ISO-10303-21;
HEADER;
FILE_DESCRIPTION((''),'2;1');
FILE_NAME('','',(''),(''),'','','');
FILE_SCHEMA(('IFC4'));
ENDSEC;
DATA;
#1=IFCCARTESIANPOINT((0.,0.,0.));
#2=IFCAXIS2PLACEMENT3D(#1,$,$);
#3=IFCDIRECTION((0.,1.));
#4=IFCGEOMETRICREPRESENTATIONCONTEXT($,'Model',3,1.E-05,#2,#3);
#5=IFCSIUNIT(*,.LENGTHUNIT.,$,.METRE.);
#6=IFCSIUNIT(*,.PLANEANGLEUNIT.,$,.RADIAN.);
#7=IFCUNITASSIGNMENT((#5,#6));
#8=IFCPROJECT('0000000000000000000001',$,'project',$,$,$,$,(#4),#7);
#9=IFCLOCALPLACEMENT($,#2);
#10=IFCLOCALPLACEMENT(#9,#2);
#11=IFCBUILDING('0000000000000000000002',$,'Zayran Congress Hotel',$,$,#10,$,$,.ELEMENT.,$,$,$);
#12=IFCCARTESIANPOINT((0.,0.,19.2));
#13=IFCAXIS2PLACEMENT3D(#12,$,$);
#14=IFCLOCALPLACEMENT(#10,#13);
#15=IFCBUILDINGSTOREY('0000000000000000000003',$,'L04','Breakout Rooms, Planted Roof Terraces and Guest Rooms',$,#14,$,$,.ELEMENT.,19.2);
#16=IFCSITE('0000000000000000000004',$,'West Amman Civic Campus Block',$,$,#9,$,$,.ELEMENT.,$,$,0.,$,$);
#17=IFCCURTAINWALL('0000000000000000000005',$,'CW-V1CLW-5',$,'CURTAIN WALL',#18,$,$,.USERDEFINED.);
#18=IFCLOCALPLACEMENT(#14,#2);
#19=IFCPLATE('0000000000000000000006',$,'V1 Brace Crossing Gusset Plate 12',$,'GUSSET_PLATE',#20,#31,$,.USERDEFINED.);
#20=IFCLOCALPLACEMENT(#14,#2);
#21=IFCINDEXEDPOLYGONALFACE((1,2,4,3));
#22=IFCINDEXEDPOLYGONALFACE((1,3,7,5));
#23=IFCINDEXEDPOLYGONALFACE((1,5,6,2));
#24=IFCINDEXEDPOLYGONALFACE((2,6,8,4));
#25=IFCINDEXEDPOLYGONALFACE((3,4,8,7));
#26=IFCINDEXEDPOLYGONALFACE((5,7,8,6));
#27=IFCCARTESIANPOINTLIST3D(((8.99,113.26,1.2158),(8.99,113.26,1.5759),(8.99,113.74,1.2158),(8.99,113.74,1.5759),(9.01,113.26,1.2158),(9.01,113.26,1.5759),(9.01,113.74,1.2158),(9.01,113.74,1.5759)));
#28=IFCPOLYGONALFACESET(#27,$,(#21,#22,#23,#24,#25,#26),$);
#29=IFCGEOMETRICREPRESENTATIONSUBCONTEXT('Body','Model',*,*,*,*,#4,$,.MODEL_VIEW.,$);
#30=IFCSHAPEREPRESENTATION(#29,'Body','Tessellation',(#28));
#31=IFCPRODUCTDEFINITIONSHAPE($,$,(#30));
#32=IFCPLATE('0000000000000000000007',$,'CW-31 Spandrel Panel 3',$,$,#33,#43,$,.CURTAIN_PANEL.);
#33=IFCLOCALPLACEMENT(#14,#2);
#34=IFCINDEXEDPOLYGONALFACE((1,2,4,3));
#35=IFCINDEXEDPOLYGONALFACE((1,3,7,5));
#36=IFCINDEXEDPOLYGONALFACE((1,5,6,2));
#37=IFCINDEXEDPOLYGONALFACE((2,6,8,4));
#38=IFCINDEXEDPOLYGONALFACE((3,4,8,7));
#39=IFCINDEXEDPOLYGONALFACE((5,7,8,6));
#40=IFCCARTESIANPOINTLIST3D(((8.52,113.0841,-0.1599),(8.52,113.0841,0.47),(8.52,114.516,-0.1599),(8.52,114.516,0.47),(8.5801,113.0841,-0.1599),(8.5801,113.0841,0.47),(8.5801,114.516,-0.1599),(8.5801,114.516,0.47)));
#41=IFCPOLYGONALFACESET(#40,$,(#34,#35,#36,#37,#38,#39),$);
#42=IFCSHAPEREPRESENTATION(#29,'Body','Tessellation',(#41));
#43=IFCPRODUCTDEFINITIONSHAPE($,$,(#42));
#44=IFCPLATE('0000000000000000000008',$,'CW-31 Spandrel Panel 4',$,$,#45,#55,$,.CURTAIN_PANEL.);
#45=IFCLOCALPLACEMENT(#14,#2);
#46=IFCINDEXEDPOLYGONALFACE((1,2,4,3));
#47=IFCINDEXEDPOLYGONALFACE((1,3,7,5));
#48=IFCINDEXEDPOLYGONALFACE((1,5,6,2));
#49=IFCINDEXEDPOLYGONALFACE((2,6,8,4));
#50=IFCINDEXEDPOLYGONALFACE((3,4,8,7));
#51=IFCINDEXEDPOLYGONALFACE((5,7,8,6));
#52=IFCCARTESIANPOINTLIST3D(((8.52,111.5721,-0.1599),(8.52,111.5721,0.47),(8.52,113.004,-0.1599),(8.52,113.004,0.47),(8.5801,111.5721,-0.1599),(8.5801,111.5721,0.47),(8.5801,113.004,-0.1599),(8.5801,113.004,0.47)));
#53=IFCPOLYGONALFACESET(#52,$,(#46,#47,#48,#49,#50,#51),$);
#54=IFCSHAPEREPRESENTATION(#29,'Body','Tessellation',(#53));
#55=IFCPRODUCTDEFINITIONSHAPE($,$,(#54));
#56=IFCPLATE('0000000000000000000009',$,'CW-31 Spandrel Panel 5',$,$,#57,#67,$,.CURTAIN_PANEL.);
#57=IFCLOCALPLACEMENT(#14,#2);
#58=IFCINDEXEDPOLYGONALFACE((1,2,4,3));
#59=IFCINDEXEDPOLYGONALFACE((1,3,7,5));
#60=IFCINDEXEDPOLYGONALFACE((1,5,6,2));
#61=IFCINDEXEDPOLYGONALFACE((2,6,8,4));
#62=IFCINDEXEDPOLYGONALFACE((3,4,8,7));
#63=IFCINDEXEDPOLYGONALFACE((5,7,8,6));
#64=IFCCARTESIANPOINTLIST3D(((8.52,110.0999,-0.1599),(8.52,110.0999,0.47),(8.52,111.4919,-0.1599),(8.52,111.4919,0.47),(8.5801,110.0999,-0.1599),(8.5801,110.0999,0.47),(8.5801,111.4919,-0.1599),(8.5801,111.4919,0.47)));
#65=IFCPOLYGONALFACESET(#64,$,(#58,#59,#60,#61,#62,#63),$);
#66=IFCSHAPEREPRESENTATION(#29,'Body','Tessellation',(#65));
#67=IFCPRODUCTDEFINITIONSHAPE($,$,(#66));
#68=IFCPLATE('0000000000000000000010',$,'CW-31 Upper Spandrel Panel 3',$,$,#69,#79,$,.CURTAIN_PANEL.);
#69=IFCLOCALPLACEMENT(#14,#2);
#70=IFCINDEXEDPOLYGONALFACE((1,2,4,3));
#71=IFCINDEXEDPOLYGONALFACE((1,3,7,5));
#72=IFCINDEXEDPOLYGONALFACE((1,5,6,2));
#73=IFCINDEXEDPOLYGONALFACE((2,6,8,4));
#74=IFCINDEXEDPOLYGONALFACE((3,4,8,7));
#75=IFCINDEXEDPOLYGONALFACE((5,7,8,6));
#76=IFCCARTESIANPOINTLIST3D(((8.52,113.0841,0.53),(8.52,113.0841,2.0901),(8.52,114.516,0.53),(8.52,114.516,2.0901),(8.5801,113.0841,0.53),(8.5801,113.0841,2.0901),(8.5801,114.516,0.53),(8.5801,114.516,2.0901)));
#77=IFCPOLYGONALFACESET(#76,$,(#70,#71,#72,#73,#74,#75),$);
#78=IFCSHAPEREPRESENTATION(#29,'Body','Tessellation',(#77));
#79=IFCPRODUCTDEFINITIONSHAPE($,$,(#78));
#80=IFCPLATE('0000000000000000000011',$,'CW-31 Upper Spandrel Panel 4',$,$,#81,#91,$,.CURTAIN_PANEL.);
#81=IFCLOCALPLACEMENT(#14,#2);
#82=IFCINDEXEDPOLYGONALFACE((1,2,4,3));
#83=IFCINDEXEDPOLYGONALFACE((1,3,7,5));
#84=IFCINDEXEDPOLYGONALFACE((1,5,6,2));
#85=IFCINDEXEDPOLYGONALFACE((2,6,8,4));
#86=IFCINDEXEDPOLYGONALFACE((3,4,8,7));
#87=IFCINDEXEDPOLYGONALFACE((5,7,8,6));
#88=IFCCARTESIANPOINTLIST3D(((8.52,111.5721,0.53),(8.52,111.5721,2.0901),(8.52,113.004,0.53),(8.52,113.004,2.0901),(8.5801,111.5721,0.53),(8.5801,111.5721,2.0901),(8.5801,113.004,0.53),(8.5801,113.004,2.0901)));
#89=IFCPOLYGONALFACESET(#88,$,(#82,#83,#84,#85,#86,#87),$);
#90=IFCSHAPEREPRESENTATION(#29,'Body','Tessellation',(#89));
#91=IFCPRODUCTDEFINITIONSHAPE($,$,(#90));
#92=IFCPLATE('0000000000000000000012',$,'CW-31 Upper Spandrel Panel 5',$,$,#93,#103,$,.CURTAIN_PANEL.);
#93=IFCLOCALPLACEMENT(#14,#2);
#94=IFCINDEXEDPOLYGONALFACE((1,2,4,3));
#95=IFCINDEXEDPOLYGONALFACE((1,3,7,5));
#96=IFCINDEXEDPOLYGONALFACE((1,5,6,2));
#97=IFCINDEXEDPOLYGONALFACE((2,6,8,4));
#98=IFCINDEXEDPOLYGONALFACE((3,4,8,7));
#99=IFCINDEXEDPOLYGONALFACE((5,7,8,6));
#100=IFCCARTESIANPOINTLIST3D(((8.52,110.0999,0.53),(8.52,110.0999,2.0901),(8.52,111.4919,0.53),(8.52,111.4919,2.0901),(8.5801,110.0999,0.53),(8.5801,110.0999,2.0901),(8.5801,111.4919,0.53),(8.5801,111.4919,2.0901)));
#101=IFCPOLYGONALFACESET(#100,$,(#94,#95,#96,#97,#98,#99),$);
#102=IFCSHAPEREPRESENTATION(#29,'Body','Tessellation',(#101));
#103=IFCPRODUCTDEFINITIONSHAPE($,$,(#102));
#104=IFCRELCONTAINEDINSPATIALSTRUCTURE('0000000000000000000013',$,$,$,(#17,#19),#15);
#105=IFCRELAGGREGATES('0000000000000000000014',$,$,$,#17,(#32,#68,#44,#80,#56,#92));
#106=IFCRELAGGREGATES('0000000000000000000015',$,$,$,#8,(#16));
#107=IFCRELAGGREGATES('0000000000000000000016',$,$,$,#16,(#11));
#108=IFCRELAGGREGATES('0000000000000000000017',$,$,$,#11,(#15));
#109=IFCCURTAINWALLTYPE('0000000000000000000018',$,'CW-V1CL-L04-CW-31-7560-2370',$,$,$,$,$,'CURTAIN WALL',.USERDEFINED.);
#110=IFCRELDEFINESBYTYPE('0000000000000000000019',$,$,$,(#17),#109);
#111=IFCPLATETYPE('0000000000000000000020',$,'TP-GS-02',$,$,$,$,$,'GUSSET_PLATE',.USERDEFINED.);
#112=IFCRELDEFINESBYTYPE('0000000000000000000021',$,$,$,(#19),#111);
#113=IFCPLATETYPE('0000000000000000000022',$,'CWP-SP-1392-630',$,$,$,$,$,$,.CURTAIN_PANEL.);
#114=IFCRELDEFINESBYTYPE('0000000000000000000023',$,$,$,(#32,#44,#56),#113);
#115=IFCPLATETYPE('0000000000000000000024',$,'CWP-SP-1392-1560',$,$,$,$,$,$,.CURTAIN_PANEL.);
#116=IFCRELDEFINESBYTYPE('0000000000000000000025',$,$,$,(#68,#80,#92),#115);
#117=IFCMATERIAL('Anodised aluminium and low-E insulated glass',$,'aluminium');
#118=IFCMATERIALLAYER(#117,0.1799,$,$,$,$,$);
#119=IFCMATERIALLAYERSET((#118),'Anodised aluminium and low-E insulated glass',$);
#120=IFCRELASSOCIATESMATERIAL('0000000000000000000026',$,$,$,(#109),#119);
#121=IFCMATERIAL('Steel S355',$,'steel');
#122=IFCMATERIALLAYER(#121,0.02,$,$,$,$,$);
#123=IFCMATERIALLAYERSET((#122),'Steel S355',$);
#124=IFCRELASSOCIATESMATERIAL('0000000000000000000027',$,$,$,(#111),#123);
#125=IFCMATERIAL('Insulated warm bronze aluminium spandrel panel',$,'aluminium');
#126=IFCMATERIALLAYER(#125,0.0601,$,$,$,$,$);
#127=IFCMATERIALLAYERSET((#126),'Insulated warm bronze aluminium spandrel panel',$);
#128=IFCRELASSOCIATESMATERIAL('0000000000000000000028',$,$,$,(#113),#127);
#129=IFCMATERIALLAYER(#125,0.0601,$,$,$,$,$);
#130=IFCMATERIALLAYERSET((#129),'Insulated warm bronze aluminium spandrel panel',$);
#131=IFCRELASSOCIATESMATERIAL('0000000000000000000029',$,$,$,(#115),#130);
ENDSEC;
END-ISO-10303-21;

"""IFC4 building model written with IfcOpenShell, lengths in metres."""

from ifc_helpers import new_model, si_unit, direction, frame, origin, origin_2d, place, context, subcontext, project, spatial, rectangle, extrude, material, layer, layer_set, type_object, element, aggregate, save


model = new_model("IFC4")

# Units and contexts
model_context = context("Model", 3, precision=1e-05, world=origin(), true_north=direction((0.0, 1.0)))
body_context = subcontext(model_context, "Body", "Model", "MODEL_VIEW")
ifc_project = project(units=[si_unit("LENGTHUNIT", "METRE"), si_unit("PLANEANGLEUNIT", "RADIAN")], contexts=[model_context])

# Site, building, storey
site_placement = place(None, origin())
site = spatial("IfcSite", under=ifc_project, at=site_placement, Name="West Amman Civic Campus Block", CompositionType="ELEMENT", RefElevation=0.0)
building_placement = place(site_placement, origin())
building = spatial("IfcBuilding", under=site, at=building_placement, Name="Zayran Congress Hotel", CompositionType="ELEMENT")
storey_placement = place(building_placement, frame((0.0, 0.0, 19.2)))
storey = spatial("IfcBuildingStorey", under=building, at=storey_placement, Name="L04", Description="Breakout Rooms, Planted Roof Terraces and Guest Rooms", CompositionType="ELEMENT", Elevation=19.2)

# Shared definitions
ifc_material_1 = material(Name="Steel S355", Category="steel")

# Curtain wall
ifc_material_2 = material(Name="Anodised aluminium and low-E insulated glass", Category="aluminium")
ifc_layer_1 = layer(ifc_material_2, 0.1799)
ifc_layer_set_1 = layer_set([ifc_layer_1], Name="Anodised aluminium and low-E insulated glass")
curtain_wall_type = type_object("IfcCurtainWallType", Name="CW-V1CL-L04-CW-31-7560-2370", ElementType="CURTAIN WALL", PredefinedType="USERDEFINED", material=ifc_layer_set_1)
curtain_wall_placement = place(storey_placement, origin())
curtain_wall = element("IfcCurtainWall", 1, at=curtain_wall_placement, inside=storey, type_object=curtain_wall_type, Name="CW-V1CLW-5", ObjectType="CURTAIN WALL", PredefinedType="USERDEFINED")

# Plate
ifc_layer_2 = layer(ifc_material_1, 0.02)
ifc_layer_set_2 = layer_set([ifc_layer_2], Name="Steel S355")
plate_type_1 = type_object("IfcPlateType", Name="TP-GS-02", ElementType="GUSSET_PLATE", PredefinedType="USERDEFINED", material=ifc_layer_set_2)
plate_1_placement = place(storey_placement, frame((9.0, 113.5, 1.2158), z_axis=(0.0, 0.0, 1.0), x_axis=(0.0, 1.0, 0.0)))
element("IfcPlate", 2, at=plate_1_placement, inside=storey, type_object=plate_type_1, Name="V1 Brace Crossing Gusset Plate 12", ObjectType="GUSSET_PLATE", PredefinedType="USERDEFINED", context=body_context, shape_type="SweptSolid", body=[
    extrude(rectangle(XDim=0.48, YDim=0.02, at=origin_2d()), origin(), (0.0, 0.0, 1.0), 0.3601),
])

# Plates
ifc_material_3 = material(Name="Insulated warm bronze aluminium spandrel panel", Category="aluminium")
ifc_layer_3 = layer(ifc_material_3, 0.0601)
ifc_layer_set_3 = layer_set([ifc_layer_3], Name="Insulated warm bronze aluminium spandrel panel")
plate_type_2 = type_object("IfcPlateType", Name="CWP-SP-1392-630", PredefinedType="CURTAIN_PANEL", material=ifc_layer_set_3)
plate_2_placement = place(storey_placement, frame((8.55, 113.8, -0.1599), z_axis=(0.0, 0.0, 1.0), x_axis=(0.0, 1.0, 0.0)))
plate_2 = element("IfcPlate", 3, at=plate_2_placement, type_object=plate_type_2, Name="CW-31 Spandrel Panel 3", PredefinedType="CURTAIN_PANEL", context=body_context, shape_type="SweptSolid", body=[
    extrude(rectangle(XDim=1.4319, YDim=0.0601, at=origin_2d()), origin(), (0.0, 0.0, 1.0), 0.6299),
])
plate_3_placement = place(storey_placement, frame((8.55, 112.2881, -0.1599), z_axis=(0.0, 0.0, 1.0), x_axis=(0.0, 1.0, 0.0)))
plate_3 = element("IfcPlate", 4, at=plate_3_placement, type_object=plate_type_2, Name="CW-31 Spandrel Panel 4", PredefinedType="CURTAIN_PANEL", context=body_context, shape_type="SweptSolid", body=[
    extrude(rectangle(XDim=1.4319, YDim=0.0601, at=origin_2d()), origin(), (0.0, 0.0, 1.0), 0.6299),
])
plate_4_placement = place(storey_placement, frame((8.55, 110.7959, -0.1599), z_axis=(0.0, 0.0, 1.0), x_axis=(0.0, 1.0, 0.0)))
plate_4 = element("IfcPlate", 5, at=plate_4_placement, type_object=plate_type_2, Name="CW-31 Spandrel Panel 5", PredefinedType="CURTAIN_PANEL", context=body_context, shape_type="SweptSolid", body=[
    extrude(rectangle(XDim=1.3921, YDim=0.0601, at=origin_2d()), origin(), (0.0, 0.0, 1.0), 0.6299),
])
ifc_layer_4 = layer(ifc_material_3, 0.0601)
ifc_layer_set_4 = layer_set([ifc_layer_4], Name="Insulated warm bronze aluminium spandrel panel")
plate_type_3 = type_object("IfcPlateType", Name="CWP-SP-1392-1560", PredefinedType="CURTAIN_PANEL", material=ifc_layer_set_4)
plate_5_placement = place(storey_placement, frame((8.55, 113.8, 0.53), z_axis=(0.0, 0.0, 1.0), x_axis=(0.0, 1.0, 0.0)))
plate_5 = element("IfcPlate", 6, at=plate_5_placement, type_object=plate_type_3, Name="CW-31 Upper Spandrel Panel 3", PredefinedType="CURTAIN_PANEL", context=body_context, shape_type="SweptSolid", body=[
    extrude(rectangle(XDim=1.4319, YDim=0.0601, at=origin_2d()), origin(), (0.0, 0.0, 1.0), 1.5601),
])
plate_6_placement = place(storey_placement, frame((8.55, 112.2881, 0.53), z_axis=(0.0, 0.0, 1.0), x_axis=(0.0, 1.0, 0.0)))
plate_6 = element("IfcPlate", 7, at=plate_6_placement, type_object=plate_type_3, Name="CW-31 Upper Spandrel Panel 4", PredefinedType="CURTAIN_PANEL", context=body_context, shape_type="SweptSolid", body=[
    extrude(rectangle(XDim=1.4319, YDim=0.0601, at=origin_2d()), origin(), (0.0, 0.0, 1.0), 1.5601),
])
plate_7_placement = place(storey_placement, frame((8.55, 110.7959, 0.53), z_axis=(0.0, 0.0, 1.0), x_axis=(0.0, 1.0, 0.0)))
plate_7 = element("IfcPlate", 8, at=plate_7_placement, type_object=plate_type_3, Name="CW-31 Upper Spandrel Panel 5", PredefinedType="CURTAIN_PANEL", context=body_context, shape_type="SweptSolid", body=[
    extrude(rectangle(XDim=1.3921, YDim=0.0601, at=origin_2d()), origin(), (0.0, 0.0, 1.0), 1.5601),
])
aggregate(curtain_wall, [plate_2, plate_5, plate_3, plate_6, plate_4, plate_7])

save(model, "model.ifc")
